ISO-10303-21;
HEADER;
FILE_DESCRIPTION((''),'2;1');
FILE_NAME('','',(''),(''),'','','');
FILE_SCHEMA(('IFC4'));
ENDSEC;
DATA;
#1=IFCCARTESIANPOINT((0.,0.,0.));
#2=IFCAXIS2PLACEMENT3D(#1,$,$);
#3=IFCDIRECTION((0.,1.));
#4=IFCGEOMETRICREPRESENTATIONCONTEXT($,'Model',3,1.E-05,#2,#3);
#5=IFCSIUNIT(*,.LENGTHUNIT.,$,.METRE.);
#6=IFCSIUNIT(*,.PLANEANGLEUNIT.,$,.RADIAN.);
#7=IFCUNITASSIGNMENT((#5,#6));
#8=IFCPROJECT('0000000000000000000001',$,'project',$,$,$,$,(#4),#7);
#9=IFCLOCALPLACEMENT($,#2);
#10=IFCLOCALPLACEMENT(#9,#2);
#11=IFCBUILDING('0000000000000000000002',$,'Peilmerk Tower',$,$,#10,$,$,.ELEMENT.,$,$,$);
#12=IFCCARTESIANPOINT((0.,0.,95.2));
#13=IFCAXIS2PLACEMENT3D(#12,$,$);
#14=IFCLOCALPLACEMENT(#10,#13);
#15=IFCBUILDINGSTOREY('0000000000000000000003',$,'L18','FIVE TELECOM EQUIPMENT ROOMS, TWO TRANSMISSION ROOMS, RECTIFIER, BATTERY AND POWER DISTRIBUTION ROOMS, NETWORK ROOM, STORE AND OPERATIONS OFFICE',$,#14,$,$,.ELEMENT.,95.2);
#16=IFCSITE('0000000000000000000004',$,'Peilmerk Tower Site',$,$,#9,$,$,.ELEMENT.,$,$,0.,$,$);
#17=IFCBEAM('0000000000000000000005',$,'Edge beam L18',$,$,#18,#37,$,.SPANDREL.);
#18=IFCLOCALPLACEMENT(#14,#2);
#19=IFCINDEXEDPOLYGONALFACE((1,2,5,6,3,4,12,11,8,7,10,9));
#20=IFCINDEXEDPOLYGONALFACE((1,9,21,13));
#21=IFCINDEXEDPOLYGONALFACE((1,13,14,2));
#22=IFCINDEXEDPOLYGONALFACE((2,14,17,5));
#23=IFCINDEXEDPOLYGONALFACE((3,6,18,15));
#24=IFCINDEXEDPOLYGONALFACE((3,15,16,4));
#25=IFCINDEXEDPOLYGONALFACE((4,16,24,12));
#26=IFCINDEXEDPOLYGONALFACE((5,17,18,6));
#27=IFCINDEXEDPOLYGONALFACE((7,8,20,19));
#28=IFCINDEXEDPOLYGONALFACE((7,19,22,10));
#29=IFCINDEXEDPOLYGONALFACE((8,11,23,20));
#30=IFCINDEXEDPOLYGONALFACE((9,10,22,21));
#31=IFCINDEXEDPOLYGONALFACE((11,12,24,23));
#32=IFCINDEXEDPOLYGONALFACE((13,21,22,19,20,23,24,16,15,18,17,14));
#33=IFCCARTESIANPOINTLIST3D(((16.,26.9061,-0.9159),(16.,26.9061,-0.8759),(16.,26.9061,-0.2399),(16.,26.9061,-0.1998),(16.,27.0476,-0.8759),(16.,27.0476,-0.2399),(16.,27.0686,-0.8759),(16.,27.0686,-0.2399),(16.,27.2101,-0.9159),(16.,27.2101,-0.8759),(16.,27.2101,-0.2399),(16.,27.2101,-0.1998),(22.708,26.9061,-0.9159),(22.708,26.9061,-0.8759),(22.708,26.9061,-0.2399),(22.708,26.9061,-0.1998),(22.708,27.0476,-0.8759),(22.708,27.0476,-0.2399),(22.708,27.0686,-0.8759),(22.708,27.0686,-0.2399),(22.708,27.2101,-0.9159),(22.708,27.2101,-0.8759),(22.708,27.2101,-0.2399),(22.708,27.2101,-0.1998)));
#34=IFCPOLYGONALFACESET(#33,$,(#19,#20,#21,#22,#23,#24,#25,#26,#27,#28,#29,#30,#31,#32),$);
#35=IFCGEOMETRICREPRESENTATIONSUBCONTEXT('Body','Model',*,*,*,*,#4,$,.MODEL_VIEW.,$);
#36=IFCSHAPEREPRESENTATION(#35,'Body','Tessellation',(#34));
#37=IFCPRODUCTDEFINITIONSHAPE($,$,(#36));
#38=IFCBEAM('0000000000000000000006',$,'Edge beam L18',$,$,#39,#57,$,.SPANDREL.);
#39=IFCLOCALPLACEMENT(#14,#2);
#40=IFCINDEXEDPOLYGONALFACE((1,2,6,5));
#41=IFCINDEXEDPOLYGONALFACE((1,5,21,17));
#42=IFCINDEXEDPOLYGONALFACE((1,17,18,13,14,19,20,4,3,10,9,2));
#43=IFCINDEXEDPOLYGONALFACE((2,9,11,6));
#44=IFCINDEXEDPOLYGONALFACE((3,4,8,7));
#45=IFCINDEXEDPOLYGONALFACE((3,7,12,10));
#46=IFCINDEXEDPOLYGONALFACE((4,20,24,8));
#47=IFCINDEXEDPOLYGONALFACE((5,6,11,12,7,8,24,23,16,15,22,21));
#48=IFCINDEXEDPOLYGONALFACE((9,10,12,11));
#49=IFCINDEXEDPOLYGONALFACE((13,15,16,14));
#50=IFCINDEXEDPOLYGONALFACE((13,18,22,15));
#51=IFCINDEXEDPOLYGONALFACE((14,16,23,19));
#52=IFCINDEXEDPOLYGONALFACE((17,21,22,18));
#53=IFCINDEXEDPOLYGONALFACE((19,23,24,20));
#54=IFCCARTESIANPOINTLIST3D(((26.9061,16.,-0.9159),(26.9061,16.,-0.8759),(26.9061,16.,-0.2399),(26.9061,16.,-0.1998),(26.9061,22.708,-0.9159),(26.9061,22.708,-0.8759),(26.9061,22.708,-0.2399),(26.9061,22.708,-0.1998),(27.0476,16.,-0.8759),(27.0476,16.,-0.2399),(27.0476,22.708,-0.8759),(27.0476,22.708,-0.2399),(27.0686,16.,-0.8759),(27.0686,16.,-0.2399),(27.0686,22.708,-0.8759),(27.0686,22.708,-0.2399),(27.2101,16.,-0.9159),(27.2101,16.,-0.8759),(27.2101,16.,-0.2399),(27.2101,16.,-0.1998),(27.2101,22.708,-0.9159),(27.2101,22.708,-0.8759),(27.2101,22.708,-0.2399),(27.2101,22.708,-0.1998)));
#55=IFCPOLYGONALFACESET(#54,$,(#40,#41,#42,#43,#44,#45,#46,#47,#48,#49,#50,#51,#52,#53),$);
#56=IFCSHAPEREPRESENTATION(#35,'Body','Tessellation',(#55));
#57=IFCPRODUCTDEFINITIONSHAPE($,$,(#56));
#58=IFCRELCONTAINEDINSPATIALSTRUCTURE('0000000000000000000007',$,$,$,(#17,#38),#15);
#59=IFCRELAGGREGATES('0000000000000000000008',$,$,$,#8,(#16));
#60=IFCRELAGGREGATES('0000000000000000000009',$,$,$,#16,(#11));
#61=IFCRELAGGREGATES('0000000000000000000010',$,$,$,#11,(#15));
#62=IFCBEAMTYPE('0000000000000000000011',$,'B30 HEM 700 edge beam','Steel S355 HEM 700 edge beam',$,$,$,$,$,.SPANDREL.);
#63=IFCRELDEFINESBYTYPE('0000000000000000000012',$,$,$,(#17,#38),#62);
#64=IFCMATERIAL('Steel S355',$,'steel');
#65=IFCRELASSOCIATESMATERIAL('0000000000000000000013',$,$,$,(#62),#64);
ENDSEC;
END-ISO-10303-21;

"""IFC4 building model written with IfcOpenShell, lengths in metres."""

from ifc_helpers import new_model, si_unit, direction, frame, origin, origin_2d, place, context, subcontext, project, spatial, i_section, extrude, material, material_profile, profile_set, type_object, element, save


model = new_model("IFC4")

# Units and contexts
model_context = context("Model", 3, precision=1e-05, world=origin(), true_north=direction((0.0, 1.0)))
body_context = subcontext(model_context, "Body", "Model", "MODEL_VIEW")
ifc_project = project(units=[si_unit("LENGTHUNIT", "METRE"), si_unit("PLANEANGLEUNIT", "RADIAN")], contexts=[model_context])

# Site, building, storey
site_placement = place(None, origin())
site = spatial("IfcSite", under=ifc_project, at=site_placement, Name="Peilmerk Tower Site", CompositionType="ELEMENT", RefElevation=0.0)
building_placement = place(site_placement, origin())
building = spatial("IfcBuilding", under=site, at=building_placement, Name="Peilmerk Tower", CompositionType="ELEMENT")
storey_placement = place(building_placement, frame((0.0, 0.0, 95.2)))
storey = spatial("IfcBuildingStorey", under=building, at=storey_placement, Name="L18", Description="FIVE TELECOM EQUIPMENT ROOMS, TWO TRANSMISSION ROOMS, RECTIFIER, BATTERY AND POWER DISTRIBUTION ROOMS, NETWORK ROOM, STORE AND OPERATIONS OFFICE", CompositionType="ELEMENT", Elevation=95.2)

# Beams
ifc_material_1 = material(Name="Steel S355", Category="steel")
ifc_material_profile_1 = material_profile(ifc_material_1, i_section(OverallWidth=0.304, OverallDepth=0.7161, WebThickness=0.021, FlangeThickness=0.04, at=origin_2d()), Name="HEM 700")
ifc_profile_set_1 = profile_set([ifc_material_profile_1], Name="Steel S355")
beam_type_1 = type_object("IfcBeamType", Name="B30 HEM 700 edge beam", Description="Steel S355 HEM 700 edge beam", PredefinedType="SPANDREL", material=ifc_profile_set_1)
for number, where, z_axis, x_axis, name in (
    (1, (22.708, 27.0581, -0.5579), (-1.0, 0.0, 0.0), (0.0, -1.0, 0.0), "Edge beam L18"),
    (2, (27.0581, 16.0, -0.5579), (0.0, 1.0, 0.0), (-1.0, 0.0, 0.0), "Edge beam L18"),
):
    element("IfcBeam", number, at=place(storey_placement, frame(where, z_axis=z_axis, x_axis=x_axis)), inside=storey, type_object=beam_type_1, Name=name, PredefinedType="SPANDREL", context=body_context, shape_type="SweptSolid", body=[
        extrude(i_section(OverallWidth=0.304, OverallDepth=0.7161, WebThickness=0.021, FlangeThickness=0.04, at=origin_2d()), origin(), (0.0, 0.0, 1.0), 6.708),
    ])

save(model, "model.ifc")
